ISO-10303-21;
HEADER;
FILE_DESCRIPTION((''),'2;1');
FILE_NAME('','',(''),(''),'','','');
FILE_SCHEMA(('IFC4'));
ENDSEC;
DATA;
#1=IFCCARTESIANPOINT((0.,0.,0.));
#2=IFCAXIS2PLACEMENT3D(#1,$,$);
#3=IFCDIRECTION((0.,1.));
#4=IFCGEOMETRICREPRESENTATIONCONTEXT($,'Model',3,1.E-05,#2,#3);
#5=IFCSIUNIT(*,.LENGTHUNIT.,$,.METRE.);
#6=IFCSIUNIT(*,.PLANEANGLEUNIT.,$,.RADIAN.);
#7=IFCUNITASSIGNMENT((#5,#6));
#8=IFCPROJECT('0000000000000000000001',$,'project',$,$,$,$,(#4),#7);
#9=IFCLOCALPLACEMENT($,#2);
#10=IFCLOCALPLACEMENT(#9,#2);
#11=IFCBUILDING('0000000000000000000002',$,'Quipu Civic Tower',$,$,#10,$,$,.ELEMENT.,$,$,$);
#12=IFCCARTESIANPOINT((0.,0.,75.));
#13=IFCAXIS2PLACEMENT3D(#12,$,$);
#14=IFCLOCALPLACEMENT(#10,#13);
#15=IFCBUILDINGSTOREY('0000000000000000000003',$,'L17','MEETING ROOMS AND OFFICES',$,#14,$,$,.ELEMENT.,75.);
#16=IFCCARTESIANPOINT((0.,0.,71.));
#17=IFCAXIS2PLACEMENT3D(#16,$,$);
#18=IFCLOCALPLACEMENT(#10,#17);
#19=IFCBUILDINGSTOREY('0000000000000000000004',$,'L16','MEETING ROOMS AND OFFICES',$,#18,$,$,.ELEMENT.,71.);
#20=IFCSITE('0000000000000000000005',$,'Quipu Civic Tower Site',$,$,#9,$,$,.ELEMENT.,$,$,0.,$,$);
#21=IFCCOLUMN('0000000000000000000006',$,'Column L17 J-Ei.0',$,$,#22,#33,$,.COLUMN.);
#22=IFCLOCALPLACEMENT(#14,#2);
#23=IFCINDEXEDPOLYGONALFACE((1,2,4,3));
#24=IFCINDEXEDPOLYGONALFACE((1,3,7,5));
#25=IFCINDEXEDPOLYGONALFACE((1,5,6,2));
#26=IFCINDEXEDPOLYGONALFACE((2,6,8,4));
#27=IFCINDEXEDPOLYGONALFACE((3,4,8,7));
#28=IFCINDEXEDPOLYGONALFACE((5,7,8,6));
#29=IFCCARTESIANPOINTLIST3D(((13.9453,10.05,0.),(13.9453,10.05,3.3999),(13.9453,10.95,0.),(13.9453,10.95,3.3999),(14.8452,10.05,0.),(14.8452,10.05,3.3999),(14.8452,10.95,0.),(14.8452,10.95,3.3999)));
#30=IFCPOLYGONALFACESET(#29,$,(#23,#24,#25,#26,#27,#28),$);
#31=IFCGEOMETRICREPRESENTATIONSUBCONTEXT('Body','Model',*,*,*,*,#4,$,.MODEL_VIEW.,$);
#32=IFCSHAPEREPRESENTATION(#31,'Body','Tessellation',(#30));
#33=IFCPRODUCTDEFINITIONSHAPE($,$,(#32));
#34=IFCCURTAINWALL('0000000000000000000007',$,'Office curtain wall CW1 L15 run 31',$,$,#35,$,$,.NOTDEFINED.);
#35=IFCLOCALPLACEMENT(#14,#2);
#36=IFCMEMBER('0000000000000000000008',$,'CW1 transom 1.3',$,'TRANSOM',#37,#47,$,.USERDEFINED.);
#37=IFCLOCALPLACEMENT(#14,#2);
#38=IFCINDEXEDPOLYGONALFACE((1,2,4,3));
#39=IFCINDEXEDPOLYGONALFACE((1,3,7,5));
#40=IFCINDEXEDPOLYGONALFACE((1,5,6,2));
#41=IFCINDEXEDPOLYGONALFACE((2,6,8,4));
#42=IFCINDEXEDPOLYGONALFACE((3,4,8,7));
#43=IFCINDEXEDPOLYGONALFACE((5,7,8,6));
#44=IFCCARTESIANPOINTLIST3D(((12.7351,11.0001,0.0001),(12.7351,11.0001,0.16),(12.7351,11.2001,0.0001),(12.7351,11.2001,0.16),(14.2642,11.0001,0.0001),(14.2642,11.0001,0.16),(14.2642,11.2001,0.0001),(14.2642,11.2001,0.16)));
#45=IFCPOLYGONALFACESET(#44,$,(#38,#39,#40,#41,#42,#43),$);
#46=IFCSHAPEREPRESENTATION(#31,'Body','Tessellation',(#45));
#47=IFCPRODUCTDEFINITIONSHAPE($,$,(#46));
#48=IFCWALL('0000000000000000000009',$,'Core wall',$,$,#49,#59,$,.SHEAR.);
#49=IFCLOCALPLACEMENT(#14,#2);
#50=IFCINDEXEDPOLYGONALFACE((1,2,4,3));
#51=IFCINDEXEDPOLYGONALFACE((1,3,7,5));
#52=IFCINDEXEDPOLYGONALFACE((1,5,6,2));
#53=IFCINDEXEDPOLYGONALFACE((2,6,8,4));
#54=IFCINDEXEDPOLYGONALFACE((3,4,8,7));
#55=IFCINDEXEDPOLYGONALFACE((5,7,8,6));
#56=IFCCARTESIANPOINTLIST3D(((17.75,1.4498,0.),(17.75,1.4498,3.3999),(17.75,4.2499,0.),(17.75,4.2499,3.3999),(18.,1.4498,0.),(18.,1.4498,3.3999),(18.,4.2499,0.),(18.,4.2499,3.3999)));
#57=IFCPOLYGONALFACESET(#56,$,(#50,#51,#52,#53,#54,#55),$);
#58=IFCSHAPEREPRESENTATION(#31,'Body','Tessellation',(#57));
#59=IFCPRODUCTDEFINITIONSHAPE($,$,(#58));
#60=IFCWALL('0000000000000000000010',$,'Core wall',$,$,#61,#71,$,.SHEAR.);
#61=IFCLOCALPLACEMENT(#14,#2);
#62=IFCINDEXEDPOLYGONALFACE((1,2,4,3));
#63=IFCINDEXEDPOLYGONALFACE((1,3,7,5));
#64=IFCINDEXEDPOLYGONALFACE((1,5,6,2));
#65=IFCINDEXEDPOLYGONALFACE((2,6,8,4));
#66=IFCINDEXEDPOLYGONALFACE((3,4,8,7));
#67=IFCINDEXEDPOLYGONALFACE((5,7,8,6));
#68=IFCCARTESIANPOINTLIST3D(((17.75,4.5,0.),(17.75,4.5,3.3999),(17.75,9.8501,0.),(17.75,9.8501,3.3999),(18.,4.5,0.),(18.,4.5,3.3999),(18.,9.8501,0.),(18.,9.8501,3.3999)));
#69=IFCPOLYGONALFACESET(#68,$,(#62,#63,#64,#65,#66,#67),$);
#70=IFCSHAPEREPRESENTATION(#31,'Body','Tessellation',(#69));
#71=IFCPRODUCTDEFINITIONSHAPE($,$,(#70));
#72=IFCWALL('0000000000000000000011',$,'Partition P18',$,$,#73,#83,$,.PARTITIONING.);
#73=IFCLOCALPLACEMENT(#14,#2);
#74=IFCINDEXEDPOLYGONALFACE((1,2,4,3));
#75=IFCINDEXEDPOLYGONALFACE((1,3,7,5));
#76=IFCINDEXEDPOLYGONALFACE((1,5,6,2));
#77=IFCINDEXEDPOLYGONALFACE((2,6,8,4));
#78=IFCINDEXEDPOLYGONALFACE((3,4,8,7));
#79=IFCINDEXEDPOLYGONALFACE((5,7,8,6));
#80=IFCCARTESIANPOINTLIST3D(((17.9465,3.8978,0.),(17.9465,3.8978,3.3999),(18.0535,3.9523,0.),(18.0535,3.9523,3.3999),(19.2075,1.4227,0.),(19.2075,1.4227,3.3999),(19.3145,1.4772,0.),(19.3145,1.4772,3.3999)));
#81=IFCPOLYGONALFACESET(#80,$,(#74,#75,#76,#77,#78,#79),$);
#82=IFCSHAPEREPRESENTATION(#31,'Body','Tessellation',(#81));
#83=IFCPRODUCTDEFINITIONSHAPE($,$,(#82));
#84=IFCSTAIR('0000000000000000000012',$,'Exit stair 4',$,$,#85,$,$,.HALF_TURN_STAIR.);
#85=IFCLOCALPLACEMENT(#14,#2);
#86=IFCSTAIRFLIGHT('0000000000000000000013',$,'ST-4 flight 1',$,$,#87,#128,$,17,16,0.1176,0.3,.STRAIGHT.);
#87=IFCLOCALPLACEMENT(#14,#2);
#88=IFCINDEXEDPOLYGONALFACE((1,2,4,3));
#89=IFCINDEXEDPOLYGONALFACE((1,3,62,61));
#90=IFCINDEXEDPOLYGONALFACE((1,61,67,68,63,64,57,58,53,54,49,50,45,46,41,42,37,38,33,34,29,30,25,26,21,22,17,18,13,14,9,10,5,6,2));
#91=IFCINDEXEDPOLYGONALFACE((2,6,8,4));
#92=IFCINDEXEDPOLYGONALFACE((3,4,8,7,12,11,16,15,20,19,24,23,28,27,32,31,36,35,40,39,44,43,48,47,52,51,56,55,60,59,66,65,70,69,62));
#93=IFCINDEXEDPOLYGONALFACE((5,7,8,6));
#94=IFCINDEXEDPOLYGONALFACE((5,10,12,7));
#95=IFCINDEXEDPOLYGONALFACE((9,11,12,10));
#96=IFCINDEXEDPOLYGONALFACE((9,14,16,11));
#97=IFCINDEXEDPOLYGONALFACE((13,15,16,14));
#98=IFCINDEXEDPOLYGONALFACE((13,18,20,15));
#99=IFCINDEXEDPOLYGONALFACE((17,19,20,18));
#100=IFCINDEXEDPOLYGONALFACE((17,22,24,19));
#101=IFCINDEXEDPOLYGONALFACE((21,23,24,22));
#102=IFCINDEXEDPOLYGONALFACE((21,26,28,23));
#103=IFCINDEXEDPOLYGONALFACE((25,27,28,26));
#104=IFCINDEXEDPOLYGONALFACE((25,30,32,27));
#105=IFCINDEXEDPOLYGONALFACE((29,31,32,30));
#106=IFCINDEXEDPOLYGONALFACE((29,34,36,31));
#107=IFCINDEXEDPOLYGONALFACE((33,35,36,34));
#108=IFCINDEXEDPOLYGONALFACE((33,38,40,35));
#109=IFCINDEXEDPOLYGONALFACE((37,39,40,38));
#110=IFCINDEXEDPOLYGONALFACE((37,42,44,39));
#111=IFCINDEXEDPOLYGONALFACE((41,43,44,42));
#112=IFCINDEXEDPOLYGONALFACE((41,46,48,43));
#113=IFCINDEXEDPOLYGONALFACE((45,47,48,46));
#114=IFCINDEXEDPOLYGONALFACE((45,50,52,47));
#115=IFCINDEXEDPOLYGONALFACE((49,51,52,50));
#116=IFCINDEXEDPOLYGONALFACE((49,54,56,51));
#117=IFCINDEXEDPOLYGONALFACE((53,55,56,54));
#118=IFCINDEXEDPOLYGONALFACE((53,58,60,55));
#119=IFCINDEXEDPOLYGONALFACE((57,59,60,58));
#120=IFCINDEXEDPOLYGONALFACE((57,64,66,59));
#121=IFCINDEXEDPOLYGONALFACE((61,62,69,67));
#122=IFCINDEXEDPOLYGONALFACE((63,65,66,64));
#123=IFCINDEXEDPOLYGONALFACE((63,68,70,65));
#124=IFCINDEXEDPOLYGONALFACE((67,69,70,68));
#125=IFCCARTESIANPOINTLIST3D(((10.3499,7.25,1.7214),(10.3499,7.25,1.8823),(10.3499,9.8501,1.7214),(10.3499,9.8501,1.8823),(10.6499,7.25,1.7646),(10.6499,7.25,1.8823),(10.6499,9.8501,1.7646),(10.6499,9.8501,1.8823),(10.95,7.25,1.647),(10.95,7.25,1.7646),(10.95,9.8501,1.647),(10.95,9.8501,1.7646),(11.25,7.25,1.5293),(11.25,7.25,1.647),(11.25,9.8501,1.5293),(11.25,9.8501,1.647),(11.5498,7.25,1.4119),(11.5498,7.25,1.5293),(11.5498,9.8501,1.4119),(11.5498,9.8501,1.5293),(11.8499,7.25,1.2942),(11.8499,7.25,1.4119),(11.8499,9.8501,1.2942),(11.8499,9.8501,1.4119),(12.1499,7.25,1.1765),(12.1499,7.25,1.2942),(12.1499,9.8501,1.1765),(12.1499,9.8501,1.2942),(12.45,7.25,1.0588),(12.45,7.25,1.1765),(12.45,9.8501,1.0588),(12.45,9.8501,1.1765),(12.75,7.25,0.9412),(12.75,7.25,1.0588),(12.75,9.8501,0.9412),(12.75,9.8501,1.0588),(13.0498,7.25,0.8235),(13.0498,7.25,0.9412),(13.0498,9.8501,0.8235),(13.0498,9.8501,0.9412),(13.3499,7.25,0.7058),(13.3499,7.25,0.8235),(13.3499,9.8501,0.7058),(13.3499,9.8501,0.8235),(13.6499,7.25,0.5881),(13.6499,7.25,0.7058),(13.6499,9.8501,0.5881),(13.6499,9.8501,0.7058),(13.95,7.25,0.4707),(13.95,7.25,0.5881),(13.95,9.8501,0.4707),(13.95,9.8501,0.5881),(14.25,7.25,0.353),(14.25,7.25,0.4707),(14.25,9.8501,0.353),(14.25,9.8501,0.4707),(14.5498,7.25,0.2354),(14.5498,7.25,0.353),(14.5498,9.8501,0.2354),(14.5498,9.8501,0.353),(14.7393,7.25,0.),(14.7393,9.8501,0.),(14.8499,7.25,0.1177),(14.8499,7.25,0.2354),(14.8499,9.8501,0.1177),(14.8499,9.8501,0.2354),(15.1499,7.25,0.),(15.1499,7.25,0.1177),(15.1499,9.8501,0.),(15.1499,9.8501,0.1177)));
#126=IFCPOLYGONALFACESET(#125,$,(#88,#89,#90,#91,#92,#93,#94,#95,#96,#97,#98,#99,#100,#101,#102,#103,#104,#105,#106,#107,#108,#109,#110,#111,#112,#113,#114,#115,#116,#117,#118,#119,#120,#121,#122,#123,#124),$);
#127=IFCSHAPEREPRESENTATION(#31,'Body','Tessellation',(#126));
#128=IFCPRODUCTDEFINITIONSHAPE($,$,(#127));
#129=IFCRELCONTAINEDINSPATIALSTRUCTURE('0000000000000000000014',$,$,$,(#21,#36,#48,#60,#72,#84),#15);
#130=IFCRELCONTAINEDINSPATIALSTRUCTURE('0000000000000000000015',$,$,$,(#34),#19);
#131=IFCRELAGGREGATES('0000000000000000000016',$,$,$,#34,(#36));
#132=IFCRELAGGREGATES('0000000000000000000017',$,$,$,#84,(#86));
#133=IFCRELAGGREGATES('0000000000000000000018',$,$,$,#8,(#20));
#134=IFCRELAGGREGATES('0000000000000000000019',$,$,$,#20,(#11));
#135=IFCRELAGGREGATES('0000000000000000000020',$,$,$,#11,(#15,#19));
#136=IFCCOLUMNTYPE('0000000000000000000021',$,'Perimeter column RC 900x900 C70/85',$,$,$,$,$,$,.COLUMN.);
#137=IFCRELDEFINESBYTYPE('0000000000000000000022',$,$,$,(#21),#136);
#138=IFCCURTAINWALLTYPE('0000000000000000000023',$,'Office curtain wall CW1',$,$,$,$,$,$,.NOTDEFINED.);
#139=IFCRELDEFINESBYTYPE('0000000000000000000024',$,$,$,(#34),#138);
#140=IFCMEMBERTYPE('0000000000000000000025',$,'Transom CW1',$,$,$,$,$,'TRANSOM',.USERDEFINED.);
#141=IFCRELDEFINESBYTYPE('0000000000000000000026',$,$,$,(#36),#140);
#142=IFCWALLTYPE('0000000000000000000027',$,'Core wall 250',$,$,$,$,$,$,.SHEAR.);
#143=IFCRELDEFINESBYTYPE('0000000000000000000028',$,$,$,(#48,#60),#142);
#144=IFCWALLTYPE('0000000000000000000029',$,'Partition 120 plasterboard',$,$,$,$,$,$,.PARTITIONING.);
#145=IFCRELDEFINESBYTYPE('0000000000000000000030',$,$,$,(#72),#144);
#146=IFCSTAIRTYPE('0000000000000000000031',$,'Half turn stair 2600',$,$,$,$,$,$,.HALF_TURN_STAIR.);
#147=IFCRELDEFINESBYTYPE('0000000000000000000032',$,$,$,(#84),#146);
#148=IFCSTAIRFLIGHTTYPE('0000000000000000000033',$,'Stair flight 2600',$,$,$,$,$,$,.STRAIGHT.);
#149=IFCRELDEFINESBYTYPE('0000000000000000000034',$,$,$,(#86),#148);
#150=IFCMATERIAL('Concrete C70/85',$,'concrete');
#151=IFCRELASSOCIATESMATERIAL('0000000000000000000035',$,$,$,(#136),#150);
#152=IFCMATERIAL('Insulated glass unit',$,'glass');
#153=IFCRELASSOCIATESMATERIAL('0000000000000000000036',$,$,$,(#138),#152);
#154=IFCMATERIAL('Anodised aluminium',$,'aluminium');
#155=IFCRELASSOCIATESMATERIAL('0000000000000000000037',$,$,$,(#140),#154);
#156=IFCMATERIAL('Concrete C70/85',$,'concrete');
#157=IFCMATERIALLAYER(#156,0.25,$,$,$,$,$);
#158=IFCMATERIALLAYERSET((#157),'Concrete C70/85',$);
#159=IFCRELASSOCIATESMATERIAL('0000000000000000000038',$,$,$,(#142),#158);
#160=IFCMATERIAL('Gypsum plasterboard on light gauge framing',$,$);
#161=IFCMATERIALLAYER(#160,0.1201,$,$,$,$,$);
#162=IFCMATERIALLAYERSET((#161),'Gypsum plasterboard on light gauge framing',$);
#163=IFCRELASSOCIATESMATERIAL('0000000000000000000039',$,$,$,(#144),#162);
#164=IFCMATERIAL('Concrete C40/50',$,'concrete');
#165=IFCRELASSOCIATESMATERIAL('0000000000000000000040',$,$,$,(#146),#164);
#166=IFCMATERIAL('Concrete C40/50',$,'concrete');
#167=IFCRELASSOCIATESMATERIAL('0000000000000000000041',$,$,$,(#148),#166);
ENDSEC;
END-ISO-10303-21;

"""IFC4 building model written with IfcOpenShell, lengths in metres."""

from ifc_helpers import new_model, si_unit, direction, frame, frame_2d, origin, origin_2d, place, context, subcontext, project, spatial, polyline, rectangle, outline, extrude, material, layer, layer_set, material_profile, profile_set, type_object, element, aggregate, save


model = new_model("IFC4")

# Units and contexts
model_context = context("Model", 3, precision=1e-05, world=origin(), true_north=direction((0.0, 1.0)))
body_context = subcontext(model_context, "Body", "Model", "MODEL_VIEW")
ifc_project = project(units=[si_unit("LENGTHUNIT", "METRE"), si_unit("PLANEANGLEUNIT", "RADIAN")], contexts=[model_context])

# Site, building, storey
site_placement = place(None, origin())
site = spatial("IfcSite", under=ifc_project, at=site_placement, Name="Quipu Civic Tower Site", CompositionType="ELEMENT", RefElevation=0.0)
building_placement = place(site_placement, origin())
building = spatial("IfcBuilding", under=site, at=building_placement, Name="Quipu Civic Tower", CompositionType="ELEMENT")
storey_1_placement = place(building_placement, frame((0.0, 0.0, 75.0)))
storey_1 = spatial("IfcBuildingStorey", under=building, at=storey_1_placement, Name="L17", Description="MEETING ROOMS AND OFFICES", CompositionType="ELEMENT", Elevation=75.0)

# Column
ifc_material_1 = material(Name="Concrete C70/85", Category="concrete")
ifc_material_profile_1 = material_profile(ifc_material_1, rectangle(XDim=0.8999, YDim=0.8999, at=origin_2d()), Name="RC900x900")
ifc_profile_set_1 = profile_set([ifc_material_profile_1], Name="Concrete C70/85")
column_type = type_object("IfcColumnType", Name="Perimeter column RC 900x900 C70/85", PredefinedType="COLUMN", material=ifc_profile_set_1)
column_placement = place(storey_1_placement, frame((14.3953, 10.5, 0.0), z_axis=(0.0, 0.0, 1.0), x_axis=(-1.0, 0.0, 0.0)))
element("IfcColumn", 1, at=column_placement, inside=storey_1, type_object=column_type, Name="Column L17 J-Ei.0", PredefinedType="COLUMN", context=body_context, shape_type="SweptSolid", body=[
    extrude(rectangle(XDim=0.8999, YDim=0.8999, at=origin_2d()), origin(), (0.0, 0.0, 1.0), 3.3999),
])

# Shared definitions
storey_2_placement = place(building_placement, frame((0.0, 0.0, 71.0)))
storey_2 = spatial("IfcBuildingStorey", under=building, at=storey_2_placement, Name="L16", Description="MEETING ROOMS AND OFFICES", CompositionType="ELEMENT", Elevation=71.0)

# Curtain wall, member
ifc_material_2 = material(Name="Insulated glass unit", Category="glass")
curtain_wall_type = type_object("IfcCurtainWallType", Name="Office curtain wall CW1", PredefinedType="NOTDEFINED", material=ifc_material_2)
curtain_wall_placement = place(storey_2_placement, origin())
curtain_wall = element("IfcCurtainWall", 2, at=curtain_wall_placement, inside=storey_2, type_object=curtain_wall_type, Name="Office curtain wall CW1 L15 run 31", PredefinedType="NOTDEFINED")
ifc_material_3 = material(Name="Anodised aluminium", Category="aluminium")
ifc_material_profile_2 = material_profile(ifc_material_3, rectangle(XDim=0.2, YDim=0.1599, at=origin_2d()), Name="RECT 200x160")
ifc_profile_set_2 = profile_set([ifc_material_profile_2], Name="Anodised aluminium")
member_type = type_object("IfcMemberType", Name="Transom CW1", ElementType="TRANSOM", PredefinedType="USERDEFINED", material=ifc_profile_set_2)
member_placement = place(storey_1_placement, frame((14.2642, 11.1001, 0.0801), z_axis=(-1.0, 0.0, 0.0), x_axis=(0.0, -1.0, 0.0)))
member = element("IfcMember", 3, at=member_placement, inside=storey_1, type_object=member_type, Name="CW1 transom 1.3", ObjectType="TRANSOM", PredefinedType="USERDEFINED", context=body_context, shape_type="SweptSolid", body=[
    extrude(rectangle(XDim=0.2, YDim=0.1599, at=origin_2d()), origin(), (0.0, 0.0, 1.0), 1.5291),
])
aggregate(curtain_wall, [member])

# Walls
ifc_material_4 = material(Name="Concrete C70/85", Category="concrete")
ifc_layer_1 = layer(ifc_material_4, 0.25)
ifc_layer_set_1 = layer_set([ifc_layer_1], Name="Concrete C70/85")
wall_type_1 = type_object("IfcWallType", Name="Core wall 250", PredefinedType="SHEAR", material=ifc_layer_set_1)
wall_1_placement = place(storey_1_placement, frame((17.875, 1.45, 0.0), z_axis=(0.0, 0.0, 1.0), x_axis=(0.0, 1.0, 0.0)))
element("IfcWall", 4, at=wall_1_placement, inside=storey_1, type_object=wall_type_1, Name="Core wall", PredefinedType="SHEAR", context=body_context, shape_type="SweptSolid", body=[
    extrude(rectangle(XDim=2.8, YDim=0.25, at=frame_2d((1.3999, 0.0))), origin(), (0.0, 0.0, 1.0), 3.3999),
])
wall_2_placement = place(storey_1_placement, frame((17.875, 4.5, 0.0), z_axis=(0.0, 0.0, 1.0), x_axis=(0.0, 1.0, 0.0)))
element("IfcWall", 5, at=wall_2_placement, inside=storey_1, type_object=wall_type_1, Name="Core wall", PredefinedType="SHEAR", context=body_context, shape_type="SweptSolid", body=[
    extrude(rectangle(XDim=5.3501, YDim=0.25, at=frame_2d((2.675, 0.0))), origin(), (0.0, 0.0, 1.0), 3.3999),
])
ifc_material_5 = material(Name="Gypsum plasterboard on light gauge framing")
ifc_layer_2 = layer(ifc_material_5, 0.1201)
ifc_layer_set_2 = layer_set([ifc_layer_2], Name="Gypsum plasterboard on light gauge framing")
wall_type_2 = type_object("IfcWallType", Name="Partition 120 plasterboard", PredefinedType="PARTITIONING", material=ifc_layer_set_2)
wall_3_placement = place(storey_1_placement, frame((18.0, 3.925, 0.0), z_axis=(0.0, 0.0, 1.0), x_axis=(0.453951, -0.891027, 0.0)))
element("IfcWall", 6, at=wall_3_placement, inside=storey_1, type_object=wall_type_2, Name="Partition P18", PredefinedType="PARTITIONING", context=body_context, shape_type="SweptSolid", body=[
    extrude(rectangle(XDim=2.7778, YDim=0.1201, at=frame_2d((1.3889, 0.0))), origin(), (0.0, 0.0, 1.0), 3.3999),
])

# Stair, stair flight
ifc_material_6 = material(Name="Concrete C40/50", Category="concrete")
stair_type = type_object("IfcStairType", Name="Half turn stair 2600", PredefinedType="HALF_TURN_STAIR", material=ifc_material_6)
stair_placement = place(storey_1_placement, origin())
stair = element("IfcStair", 7, at=stair_placement, inside=storey_1, type_object=stair_type, Name="Exit stair 4", PredefinedType="HALF_TURN_STAIR")
ifc_material_7 = material(Name="Concrete C40/50", Category="concrete")
stair_flight_type = type_object("IfcStairFlightType", Name="Stair flight 2600", PredefinedType="STRAIGHT", material=ifc_material_7)
stair_flight_placement = place(storey_1_placement, frame((15.1499, 8.55, 0.0), z_axis=(0.0, 0.0, 1.0), x_axis=(-1.0, 0.0, 0.0)))
stair_flight = element("IfcStairFlight", 8, at=stair_flight_placement, type_object=stair_flight_type, Name="ST-4 flight 1", NumberOfRisers=17, NumberOfTreads=16, PredefinedType="STRAIGHT", RiserHeight=0.1176, TreadLength=0.3, context=body_context, shape_type="SweptSolid", body=[
    extrude(outline(polyline([(0.0, 0.0), (0.0, 0.1177), (0.3, 0.1177), (0.3, 0.2354), (0.6001, 0.2354), (0.6001, 0.353), (0.8999, 0.353), (0.8999, 0.4707), (1.2, 0.4707), (1.2, 0.5881), (1.5, 0.5881), (1.5, 0.7058), (1.8, 0.7058), (1.8, 0.8235), (2.1001, 0.8235), (2.1001, 0.9412), (2.3999, 0.9412), (2.3999, 1.0588), (2.7, 1.0588), (2.7, 1.1765), (3.0, 1.1765), (3.0, 1.2942), (3.3, 1.2942), (3.3, 1.4119), (3.6001, 1.4119), (3.6001, 1.5293), (3.8999, 1.5293), (3.8999, 1.647), (4.2, 1.647), (4.2, 1.7646), (4.5, 1.7646), (4.5, 1.8823), (4.8, 1.8823), (4.8, 2.0), (4.8, 1.7214), (0.4106, 0.0), (0.0, 0.0)])), frame((0.0, 1.3, 0.0), z_axis=(0.0, -1.0, 0.0), x_axis=(1.0, 0.0, 0.0)), (0.0, 0.0, 1.0), 2.6001),
])
aggregate(stair, [stair_flight])

save(model, "model.ifc")
